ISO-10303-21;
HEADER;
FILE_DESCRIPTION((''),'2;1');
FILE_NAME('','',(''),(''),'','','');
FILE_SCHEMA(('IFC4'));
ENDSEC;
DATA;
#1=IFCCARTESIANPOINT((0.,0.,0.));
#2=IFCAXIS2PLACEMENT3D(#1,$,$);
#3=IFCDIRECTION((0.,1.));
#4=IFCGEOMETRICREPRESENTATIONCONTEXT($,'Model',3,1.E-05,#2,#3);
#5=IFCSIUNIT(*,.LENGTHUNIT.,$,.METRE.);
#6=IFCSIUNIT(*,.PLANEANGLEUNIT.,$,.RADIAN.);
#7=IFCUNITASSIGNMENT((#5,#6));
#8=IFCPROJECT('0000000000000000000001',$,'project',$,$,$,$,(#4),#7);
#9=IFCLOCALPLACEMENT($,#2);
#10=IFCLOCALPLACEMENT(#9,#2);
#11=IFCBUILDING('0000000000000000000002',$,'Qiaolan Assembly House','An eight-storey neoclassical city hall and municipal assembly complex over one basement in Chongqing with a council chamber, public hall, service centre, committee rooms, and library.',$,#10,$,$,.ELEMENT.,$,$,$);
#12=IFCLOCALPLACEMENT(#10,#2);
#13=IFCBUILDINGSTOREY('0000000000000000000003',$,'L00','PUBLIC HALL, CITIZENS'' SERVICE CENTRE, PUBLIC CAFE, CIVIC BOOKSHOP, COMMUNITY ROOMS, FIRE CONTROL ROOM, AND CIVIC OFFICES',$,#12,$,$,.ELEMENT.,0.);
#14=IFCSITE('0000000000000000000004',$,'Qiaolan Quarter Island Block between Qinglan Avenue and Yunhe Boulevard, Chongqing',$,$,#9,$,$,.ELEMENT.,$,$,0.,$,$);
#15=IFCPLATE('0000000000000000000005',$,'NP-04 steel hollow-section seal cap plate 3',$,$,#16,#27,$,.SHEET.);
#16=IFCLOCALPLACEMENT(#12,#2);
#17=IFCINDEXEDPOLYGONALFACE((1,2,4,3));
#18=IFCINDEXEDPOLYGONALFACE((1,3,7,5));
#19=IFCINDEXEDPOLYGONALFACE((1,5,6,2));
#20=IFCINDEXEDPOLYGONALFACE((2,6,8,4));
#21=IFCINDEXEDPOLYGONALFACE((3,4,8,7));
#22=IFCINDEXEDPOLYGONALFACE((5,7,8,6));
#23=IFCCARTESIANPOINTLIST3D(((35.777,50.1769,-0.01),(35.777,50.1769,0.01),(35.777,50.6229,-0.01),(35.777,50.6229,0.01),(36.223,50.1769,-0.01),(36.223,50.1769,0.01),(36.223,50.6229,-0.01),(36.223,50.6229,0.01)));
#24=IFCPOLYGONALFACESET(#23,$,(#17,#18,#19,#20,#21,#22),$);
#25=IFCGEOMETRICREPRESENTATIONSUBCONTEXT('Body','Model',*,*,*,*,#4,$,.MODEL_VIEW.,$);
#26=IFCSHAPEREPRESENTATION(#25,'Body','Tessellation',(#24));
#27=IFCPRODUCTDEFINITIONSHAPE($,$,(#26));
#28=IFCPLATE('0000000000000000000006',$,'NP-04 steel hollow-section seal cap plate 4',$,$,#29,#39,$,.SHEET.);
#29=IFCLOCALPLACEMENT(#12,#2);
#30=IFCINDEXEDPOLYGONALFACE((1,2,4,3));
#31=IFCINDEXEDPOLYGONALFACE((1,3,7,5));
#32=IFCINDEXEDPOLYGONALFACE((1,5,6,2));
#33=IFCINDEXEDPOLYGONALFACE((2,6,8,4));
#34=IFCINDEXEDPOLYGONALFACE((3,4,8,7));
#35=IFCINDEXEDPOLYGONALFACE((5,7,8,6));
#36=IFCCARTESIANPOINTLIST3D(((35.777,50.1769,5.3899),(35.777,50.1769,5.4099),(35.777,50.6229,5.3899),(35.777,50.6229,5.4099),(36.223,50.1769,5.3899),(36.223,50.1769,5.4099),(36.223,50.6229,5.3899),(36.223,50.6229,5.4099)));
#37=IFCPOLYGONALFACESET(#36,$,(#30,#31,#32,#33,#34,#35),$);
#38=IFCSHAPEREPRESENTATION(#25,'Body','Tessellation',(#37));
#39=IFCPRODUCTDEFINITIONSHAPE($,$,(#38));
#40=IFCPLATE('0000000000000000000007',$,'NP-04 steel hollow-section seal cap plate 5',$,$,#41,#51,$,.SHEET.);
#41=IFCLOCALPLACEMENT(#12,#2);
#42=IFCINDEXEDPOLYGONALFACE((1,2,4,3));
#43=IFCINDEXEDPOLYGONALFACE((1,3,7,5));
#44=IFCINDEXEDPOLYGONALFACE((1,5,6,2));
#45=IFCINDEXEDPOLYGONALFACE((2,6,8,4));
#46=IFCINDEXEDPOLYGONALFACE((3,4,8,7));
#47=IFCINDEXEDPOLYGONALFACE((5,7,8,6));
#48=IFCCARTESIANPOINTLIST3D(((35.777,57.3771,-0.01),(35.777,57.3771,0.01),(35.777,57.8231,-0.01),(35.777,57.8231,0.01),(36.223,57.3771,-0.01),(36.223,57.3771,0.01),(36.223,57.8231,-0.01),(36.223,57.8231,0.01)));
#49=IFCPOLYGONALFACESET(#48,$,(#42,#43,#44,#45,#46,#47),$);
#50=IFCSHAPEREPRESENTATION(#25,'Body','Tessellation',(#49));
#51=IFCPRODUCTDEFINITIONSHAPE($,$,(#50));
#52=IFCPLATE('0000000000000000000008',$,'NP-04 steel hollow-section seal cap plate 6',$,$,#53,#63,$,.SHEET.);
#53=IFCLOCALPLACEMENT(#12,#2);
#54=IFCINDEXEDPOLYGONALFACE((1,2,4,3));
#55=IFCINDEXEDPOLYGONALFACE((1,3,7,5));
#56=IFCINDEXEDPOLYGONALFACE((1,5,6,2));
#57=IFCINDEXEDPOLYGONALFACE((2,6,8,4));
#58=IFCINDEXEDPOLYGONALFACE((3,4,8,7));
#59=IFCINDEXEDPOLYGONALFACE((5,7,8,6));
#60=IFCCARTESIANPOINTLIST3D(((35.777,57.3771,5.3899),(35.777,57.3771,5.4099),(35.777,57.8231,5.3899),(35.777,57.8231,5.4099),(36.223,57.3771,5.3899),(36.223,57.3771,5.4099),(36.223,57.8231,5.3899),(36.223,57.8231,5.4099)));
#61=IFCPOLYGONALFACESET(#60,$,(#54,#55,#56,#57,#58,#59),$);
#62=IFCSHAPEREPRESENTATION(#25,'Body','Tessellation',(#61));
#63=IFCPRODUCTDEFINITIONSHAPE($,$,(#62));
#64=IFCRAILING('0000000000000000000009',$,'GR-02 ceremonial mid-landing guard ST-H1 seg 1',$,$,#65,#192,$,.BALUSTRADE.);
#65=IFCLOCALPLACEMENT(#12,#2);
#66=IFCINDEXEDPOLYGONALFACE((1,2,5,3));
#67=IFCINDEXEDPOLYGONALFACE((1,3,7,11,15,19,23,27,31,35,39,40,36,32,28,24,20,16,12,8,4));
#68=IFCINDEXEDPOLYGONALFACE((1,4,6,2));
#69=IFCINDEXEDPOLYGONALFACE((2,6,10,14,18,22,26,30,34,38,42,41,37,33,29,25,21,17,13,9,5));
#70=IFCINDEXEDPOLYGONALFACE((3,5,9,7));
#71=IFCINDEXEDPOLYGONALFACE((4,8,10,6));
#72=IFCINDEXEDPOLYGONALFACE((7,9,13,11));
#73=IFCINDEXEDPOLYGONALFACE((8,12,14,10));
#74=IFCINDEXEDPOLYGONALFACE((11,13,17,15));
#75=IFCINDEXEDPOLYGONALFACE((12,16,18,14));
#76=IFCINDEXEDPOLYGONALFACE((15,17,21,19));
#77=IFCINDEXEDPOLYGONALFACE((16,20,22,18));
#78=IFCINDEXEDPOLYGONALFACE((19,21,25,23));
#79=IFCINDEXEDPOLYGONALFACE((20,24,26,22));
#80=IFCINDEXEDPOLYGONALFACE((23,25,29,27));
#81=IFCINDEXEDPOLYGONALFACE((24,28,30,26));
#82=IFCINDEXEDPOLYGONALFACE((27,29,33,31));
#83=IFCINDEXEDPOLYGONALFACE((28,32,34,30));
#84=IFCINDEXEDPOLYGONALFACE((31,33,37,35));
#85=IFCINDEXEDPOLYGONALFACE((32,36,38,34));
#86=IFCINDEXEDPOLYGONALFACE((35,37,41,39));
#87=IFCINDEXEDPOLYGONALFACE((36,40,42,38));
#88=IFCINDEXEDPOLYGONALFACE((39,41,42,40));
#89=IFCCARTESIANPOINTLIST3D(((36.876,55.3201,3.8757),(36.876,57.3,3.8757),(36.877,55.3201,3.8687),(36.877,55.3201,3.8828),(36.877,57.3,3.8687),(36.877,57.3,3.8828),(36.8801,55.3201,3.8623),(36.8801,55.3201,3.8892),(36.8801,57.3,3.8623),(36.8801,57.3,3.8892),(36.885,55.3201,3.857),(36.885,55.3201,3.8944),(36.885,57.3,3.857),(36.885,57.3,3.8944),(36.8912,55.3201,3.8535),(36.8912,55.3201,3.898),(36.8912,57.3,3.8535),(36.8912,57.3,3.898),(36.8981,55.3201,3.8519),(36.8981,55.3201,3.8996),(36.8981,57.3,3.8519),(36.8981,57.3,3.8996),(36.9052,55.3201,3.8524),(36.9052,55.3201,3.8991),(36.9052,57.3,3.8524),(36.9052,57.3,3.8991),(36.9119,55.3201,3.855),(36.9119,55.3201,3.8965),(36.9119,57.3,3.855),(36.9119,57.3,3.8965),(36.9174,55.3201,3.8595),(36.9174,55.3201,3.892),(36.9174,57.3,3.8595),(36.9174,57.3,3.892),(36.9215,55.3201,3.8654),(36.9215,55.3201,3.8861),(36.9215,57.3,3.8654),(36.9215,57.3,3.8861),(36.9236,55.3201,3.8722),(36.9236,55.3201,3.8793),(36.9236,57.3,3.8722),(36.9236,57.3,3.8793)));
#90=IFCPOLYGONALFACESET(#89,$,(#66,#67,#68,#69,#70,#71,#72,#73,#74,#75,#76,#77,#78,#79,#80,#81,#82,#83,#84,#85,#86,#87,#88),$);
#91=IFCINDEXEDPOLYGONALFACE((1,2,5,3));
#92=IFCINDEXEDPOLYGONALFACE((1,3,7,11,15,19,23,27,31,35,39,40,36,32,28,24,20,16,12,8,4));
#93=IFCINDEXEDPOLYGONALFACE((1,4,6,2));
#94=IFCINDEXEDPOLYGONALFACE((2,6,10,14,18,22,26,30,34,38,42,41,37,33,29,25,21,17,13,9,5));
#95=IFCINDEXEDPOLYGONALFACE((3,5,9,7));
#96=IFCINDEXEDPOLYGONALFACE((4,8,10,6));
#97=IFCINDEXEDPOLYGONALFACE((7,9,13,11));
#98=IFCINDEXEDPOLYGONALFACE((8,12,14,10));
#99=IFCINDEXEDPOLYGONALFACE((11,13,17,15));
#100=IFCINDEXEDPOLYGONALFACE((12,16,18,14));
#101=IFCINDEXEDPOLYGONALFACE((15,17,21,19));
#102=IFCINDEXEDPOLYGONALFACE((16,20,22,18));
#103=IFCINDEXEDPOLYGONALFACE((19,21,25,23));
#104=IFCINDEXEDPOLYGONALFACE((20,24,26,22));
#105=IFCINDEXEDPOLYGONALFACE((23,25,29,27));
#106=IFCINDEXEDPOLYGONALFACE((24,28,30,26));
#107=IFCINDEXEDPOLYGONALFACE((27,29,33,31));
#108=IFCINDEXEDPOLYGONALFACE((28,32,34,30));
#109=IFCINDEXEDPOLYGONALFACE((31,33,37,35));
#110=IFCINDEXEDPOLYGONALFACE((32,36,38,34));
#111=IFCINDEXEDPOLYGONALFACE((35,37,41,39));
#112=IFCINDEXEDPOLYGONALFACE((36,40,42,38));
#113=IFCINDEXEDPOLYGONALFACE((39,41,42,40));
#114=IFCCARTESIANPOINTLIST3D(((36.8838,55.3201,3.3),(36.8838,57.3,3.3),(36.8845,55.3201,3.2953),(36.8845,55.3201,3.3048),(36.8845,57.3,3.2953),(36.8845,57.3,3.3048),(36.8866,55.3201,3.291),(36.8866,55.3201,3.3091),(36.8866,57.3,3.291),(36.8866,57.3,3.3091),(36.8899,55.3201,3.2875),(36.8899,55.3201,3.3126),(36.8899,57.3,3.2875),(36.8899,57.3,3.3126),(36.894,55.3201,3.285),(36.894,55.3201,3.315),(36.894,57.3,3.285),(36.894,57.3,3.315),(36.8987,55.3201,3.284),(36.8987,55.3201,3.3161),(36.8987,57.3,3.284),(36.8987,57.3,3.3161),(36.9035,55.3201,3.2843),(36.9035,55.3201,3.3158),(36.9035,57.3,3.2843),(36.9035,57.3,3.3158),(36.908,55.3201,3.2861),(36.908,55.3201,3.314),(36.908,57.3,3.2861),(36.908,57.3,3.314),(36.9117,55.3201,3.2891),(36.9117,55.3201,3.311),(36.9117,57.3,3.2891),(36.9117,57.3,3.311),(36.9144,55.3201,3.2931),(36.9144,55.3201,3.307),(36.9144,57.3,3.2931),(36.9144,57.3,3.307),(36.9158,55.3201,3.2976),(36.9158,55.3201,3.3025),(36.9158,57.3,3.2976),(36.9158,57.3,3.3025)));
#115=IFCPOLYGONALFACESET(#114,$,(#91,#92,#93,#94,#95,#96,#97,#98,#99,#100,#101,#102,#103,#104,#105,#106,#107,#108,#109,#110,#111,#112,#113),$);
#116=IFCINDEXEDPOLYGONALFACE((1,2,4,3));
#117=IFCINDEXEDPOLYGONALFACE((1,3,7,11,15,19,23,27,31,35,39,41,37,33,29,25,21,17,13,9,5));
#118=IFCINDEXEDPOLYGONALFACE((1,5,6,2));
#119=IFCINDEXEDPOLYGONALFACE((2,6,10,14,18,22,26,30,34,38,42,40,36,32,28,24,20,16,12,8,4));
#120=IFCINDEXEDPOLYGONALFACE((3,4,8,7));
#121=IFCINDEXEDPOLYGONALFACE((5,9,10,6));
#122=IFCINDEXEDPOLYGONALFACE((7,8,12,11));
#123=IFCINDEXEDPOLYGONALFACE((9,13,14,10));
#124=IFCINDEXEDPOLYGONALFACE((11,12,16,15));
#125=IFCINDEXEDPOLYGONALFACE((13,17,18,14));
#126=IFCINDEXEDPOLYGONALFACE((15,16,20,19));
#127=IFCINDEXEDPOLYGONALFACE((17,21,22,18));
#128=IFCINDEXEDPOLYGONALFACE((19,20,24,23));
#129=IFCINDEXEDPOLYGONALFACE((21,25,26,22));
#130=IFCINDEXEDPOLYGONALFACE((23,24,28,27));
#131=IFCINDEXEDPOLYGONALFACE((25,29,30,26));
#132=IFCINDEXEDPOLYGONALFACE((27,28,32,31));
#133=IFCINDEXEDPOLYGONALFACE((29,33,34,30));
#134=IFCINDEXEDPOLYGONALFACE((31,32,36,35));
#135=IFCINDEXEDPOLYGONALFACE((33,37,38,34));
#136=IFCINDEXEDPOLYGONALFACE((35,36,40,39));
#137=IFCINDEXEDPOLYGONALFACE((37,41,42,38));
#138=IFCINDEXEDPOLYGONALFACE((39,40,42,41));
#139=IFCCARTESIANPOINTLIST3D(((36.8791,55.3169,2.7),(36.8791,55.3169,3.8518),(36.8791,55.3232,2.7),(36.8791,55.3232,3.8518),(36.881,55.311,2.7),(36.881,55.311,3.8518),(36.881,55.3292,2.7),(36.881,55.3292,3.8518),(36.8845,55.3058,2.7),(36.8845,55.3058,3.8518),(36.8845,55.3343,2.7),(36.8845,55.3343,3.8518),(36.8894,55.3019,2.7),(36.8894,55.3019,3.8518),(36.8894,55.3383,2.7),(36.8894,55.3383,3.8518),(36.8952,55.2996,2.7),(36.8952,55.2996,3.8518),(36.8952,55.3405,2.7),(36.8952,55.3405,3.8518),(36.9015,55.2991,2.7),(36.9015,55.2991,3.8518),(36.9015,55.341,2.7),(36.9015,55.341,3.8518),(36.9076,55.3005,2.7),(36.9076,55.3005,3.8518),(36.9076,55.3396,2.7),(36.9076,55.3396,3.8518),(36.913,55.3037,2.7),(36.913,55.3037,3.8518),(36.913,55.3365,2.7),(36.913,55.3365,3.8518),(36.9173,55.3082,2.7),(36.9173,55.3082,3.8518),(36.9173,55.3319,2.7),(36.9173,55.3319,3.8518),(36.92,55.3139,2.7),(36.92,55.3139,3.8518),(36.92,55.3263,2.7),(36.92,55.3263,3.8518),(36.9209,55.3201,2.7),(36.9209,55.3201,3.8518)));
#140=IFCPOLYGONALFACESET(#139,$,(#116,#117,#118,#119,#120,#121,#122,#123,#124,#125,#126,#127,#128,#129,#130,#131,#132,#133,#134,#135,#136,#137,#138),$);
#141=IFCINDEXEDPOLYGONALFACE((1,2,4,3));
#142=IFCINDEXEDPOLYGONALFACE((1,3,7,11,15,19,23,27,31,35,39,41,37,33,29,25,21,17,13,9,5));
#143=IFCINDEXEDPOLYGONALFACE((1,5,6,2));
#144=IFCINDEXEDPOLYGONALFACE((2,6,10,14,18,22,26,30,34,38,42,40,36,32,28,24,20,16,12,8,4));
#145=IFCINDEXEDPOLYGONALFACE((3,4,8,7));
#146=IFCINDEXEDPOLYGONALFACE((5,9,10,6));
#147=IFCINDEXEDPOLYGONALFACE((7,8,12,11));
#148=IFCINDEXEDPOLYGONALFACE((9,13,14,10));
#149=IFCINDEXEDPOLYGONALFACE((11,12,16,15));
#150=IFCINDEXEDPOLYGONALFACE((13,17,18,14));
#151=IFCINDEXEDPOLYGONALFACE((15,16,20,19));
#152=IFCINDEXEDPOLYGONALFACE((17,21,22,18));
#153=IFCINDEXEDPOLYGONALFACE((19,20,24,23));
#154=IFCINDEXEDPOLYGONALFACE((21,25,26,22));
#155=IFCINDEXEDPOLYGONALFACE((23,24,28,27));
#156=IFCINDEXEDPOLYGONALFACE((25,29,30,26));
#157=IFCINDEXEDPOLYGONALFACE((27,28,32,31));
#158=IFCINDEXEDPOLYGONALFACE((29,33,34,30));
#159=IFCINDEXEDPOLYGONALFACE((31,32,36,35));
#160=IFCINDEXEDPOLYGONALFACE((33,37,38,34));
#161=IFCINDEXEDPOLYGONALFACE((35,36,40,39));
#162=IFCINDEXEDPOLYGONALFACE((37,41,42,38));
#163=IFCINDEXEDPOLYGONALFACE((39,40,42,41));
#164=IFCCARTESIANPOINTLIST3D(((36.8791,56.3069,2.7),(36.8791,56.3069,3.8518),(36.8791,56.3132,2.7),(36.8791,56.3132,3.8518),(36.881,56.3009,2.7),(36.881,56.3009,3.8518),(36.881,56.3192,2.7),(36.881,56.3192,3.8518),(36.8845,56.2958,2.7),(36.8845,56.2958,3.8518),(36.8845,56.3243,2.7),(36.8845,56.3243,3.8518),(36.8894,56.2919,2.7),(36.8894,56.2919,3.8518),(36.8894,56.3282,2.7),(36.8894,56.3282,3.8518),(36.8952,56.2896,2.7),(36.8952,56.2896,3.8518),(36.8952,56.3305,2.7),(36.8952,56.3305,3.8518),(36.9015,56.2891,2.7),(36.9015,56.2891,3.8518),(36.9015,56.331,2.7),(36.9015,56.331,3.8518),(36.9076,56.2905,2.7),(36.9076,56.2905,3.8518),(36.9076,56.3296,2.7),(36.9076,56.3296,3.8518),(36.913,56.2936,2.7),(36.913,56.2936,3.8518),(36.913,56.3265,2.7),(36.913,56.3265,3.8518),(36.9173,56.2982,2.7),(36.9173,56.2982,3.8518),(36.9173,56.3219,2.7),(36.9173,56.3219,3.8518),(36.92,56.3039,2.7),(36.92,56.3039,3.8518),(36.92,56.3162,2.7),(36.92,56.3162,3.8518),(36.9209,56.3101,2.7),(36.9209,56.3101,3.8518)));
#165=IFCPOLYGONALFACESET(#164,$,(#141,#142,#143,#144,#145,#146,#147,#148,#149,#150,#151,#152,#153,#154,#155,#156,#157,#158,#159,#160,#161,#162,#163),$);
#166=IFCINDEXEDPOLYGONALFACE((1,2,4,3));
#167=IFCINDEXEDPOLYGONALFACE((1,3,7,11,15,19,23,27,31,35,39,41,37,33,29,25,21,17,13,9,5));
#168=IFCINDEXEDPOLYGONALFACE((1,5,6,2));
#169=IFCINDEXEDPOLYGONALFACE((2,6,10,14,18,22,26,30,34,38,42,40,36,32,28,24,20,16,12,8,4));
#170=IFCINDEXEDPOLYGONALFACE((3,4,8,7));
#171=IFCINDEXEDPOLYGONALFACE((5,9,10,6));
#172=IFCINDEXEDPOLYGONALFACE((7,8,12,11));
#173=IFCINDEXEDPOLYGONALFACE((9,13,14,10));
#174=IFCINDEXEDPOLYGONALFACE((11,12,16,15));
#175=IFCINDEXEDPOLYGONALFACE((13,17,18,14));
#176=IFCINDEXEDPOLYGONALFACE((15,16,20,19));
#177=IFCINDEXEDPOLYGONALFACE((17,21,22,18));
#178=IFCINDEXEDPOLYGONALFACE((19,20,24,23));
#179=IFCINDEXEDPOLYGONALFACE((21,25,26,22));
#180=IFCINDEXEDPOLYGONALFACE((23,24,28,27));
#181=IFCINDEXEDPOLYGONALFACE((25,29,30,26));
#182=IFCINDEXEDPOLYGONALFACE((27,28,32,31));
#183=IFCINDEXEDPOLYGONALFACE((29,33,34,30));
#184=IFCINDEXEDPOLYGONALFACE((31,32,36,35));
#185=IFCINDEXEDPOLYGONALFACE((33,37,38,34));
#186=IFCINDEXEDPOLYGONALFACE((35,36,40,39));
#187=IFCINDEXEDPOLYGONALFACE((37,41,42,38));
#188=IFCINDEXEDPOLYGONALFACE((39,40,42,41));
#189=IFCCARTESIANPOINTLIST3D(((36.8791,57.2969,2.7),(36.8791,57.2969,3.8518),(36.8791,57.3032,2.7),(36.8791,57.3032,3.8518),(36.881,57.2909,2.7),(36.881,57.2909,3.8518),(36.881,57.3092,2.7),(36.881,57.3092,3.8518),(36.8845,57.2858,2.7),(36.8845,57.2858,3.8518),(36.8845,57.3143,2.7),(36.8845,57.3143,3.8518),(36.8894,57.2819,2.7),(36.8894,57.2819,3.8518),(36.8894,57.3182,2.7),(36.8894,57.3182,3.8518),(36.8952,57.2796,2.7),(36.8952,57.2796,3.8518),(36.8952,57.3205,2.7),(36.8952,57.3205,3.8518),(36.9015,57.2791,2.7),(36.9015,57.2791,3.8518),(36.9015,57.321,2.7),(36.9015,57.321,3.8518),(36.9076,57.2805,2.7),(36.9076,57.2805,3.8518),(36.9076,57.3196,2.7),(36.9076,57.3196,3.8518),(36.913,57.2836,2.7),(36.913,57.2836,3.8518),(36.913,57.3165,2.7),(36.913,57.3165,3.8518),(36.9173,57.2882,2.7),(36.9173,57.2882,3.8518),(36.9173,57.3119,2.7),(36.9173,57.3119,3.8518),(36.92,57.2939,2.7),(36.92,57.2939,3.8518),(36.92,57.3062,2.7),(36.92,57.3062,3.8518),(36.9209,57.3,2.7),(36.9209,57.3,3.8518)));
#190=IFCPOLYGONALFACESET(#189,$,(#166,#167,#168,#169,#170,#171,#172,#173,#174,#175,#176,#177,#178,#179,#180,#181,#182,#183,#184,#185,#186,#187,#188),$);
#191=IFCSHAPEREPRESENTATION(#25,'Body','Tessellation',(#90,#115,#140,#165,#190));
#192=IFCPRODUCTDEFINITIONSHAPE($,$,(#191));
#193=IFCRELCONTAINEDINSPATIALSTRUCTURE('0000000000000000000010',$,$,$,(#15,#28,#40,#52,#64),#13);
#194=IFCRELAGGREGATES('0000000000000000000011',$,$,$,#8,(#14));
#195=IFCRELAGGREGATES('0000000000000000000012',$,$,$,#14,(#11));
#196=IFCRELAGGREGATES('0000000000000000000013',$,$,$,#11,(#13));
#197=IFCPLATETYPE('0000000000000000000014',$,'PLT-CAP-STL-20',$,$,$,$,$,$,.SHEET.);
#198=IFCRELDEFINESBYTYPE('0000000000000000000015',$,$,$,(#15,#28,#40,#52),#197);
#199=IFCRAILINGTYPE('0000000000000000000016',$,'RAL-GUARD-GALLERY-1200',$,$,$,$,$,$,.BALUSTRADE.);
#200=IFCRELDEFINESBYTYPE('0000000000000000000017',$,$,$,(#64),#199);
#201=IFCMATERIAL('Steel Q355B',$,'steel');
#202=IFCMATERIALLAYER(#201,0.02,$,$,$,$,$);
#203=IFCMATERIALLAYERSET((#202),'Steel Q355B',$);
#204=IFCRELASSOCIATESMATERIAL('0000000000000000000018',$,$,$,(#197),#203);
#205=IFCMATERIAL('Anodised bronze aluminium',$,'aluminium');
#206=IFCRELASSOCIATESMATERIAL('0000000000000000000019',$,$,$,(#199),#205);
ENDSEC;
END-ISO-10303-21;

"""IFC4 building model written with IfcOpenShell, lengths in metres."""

from ifc_helpers import new_model, si_unit, direction, frame, origin, origin_2d, place, context, subcontext, project, spatial, rectangle, circle, extrude, material, layer, layer_set, type_object, element, save


model = new_model("IFC4")

# Units and contexts
model_context = context("Model", 3, precision=1e-05, world=origin(), true_north=direction((0.0, 1.0)))
body_context = subcontext(model_context, "Body", "Model", "MODEL_VIEW")
ifc_project = project(units=[si_unit("LENGTHUNIT", "METRE"), si_unit("PLANEANGLEUNIT", "RADIAN")], contexts=[model_context])

# Site, building, storey
site_placement = place(None, origin())
site = spatial("IfcSite", under=ifc_project, at=site_placement, Name="Qiaolan Quarter Island Block between Qinglan Avenue and Yunhe Boulevard, Chongqing", CompositionType="ELEMENT", RefElevation=0.0)
building_placement = place(site_placement, origin())
building = spatial("IfcBuilding", under=site, at=building_placement, Name="Qiaolan Assembly House", Description="An eight-storey neoclassical city hall and municipal assembly complex over one basement in Chongqing with a council chamber, public hall, service centre, committee rooms, and library.", CompositionType="ELEMENT")
storey_placement = place(building_placement, origin())
storey = spatial("IfcBuildingStorey", under=building, at=storey_placement, Name="L00", Description="PUBLIC HALL, CITIZENS' SERVICE CENTRE, PUBLIC CAFE, CIVIC BOOKSHOP, COMMUNITY ROOMS, FIRE CONTROL ROOM, AND CIVIC OFFICES", CompositionType="ELEMENT", Elevation=0.0)

# Shared definitions
ifc_material_1 = material(Name="Steel Q355B", Category="steel")

# Shared definitions
ifc_material_2 = material(Name="Anodised bronze aluminium", Category="aluminium")

# Plates
ifc_layer_1 = layer(ifc_material_1, 0.02)
ifc_layer_set_1 = layer_set([ifc_layer_1], Name="Steel Q355B")
plate_type_1 = type_object("IfcPlateType", Name="PLT-CAP-STL-20", PredefinedType="SHEET", material=ifc_layer_set_1)
for number, where, z_axis, x_axis, name in (
    (1, (36.0, 50.3999, -0.01), (0.0, 0.0, 1.0), (1.0, 0.0, 0.0), "NP-04 steel hollow-section seal cap plate 3"),
    (2, (36.0, 50.3999, 5.3899), (0.0, 0.0, 1.0), (1.0, 0.0, 0.0), "NP-04 steel hollow-section seal cap plate 4"),
    (3, (36.0, 57.6001, -0.01), (0.0, 0.0, 1.0), (1.0, 0.0, 0.0), "NP-04 steel hollow-section seal cap plate 5"),
    (4, (36.0, 57.6001, 5.3899), (0.0, 0.0, 1.0), (1.0, 0.0, 0.0), "NP-04 steel hollow-section seal cap plate 6"),
):
    element("IfcPlate", number, at=place(storey_placement, frame(where, z_axis=z_axis, x_axis=x_axis)), inside=storey, type_object=plate_type_1, Name=name, PredefinedType="SHEET", context=body_context, shape_type="SweptSolid", body=[
        extrude(rectangle(XDim=0.446, YDim=0.446, at=origin_2d()), origin(), (0.0, 0.0, 1.0), 0.02),
    ])

# Railing
railing_type = type_object("IfcRailingType", Name="RAL-GUARD-GALLERY-1200", PredefinedType="BALUSTRADE", material=ifc_material_2)
railing_placement = place(storey_placement, frame((36.8999, 55.3201, 2.7)))
element("IfcRailing", 5, at=railing_placement, inside=storey, type_object=railing_type, Name="GR-02 ceremonial mid-landing guard ST-H1 seg 1", PredefinedType="BALUSTRADE", context=body_context, shape_type="SweptSolid", body=[
    extrude(circle(Radius=0.0239, at=origin_2d()), frame((0.0, 0.0, 1.1758), z_axis=(0.0, 1.0, 0.0), x_axis=(-1.0, 0.0, 0.0)), (0.0, 0.0, 1.0), 1.98),
    extrude(circle(Radius=0.0161, at=origin_2d()), frame((0.0, 0.0, 0.6001), z_axis=(0.0, 1.0, 0.0), x_axis=(-1.0, 0.0, 0.0)), (0.0, 0.0, 1.0), 1.98),
    extrude(circle(Radius=0.021, at=origin_2d()), origin(), (0.0, 0.0, 1.0), 1.1519),
    extrude(circle(Radius=0.021, at=origin_2d()), frame((0.0, 0.99, 0.0)), (0.0, 0.0, 1.0), 1.1519),
    extrude(circle(Radius=0.021, at=origin_2d()), frame((0.0, 1.98, 0.0)), (0.0, 0.0, 1.0), 1.1519),
])

save(model, "model.ifc")
